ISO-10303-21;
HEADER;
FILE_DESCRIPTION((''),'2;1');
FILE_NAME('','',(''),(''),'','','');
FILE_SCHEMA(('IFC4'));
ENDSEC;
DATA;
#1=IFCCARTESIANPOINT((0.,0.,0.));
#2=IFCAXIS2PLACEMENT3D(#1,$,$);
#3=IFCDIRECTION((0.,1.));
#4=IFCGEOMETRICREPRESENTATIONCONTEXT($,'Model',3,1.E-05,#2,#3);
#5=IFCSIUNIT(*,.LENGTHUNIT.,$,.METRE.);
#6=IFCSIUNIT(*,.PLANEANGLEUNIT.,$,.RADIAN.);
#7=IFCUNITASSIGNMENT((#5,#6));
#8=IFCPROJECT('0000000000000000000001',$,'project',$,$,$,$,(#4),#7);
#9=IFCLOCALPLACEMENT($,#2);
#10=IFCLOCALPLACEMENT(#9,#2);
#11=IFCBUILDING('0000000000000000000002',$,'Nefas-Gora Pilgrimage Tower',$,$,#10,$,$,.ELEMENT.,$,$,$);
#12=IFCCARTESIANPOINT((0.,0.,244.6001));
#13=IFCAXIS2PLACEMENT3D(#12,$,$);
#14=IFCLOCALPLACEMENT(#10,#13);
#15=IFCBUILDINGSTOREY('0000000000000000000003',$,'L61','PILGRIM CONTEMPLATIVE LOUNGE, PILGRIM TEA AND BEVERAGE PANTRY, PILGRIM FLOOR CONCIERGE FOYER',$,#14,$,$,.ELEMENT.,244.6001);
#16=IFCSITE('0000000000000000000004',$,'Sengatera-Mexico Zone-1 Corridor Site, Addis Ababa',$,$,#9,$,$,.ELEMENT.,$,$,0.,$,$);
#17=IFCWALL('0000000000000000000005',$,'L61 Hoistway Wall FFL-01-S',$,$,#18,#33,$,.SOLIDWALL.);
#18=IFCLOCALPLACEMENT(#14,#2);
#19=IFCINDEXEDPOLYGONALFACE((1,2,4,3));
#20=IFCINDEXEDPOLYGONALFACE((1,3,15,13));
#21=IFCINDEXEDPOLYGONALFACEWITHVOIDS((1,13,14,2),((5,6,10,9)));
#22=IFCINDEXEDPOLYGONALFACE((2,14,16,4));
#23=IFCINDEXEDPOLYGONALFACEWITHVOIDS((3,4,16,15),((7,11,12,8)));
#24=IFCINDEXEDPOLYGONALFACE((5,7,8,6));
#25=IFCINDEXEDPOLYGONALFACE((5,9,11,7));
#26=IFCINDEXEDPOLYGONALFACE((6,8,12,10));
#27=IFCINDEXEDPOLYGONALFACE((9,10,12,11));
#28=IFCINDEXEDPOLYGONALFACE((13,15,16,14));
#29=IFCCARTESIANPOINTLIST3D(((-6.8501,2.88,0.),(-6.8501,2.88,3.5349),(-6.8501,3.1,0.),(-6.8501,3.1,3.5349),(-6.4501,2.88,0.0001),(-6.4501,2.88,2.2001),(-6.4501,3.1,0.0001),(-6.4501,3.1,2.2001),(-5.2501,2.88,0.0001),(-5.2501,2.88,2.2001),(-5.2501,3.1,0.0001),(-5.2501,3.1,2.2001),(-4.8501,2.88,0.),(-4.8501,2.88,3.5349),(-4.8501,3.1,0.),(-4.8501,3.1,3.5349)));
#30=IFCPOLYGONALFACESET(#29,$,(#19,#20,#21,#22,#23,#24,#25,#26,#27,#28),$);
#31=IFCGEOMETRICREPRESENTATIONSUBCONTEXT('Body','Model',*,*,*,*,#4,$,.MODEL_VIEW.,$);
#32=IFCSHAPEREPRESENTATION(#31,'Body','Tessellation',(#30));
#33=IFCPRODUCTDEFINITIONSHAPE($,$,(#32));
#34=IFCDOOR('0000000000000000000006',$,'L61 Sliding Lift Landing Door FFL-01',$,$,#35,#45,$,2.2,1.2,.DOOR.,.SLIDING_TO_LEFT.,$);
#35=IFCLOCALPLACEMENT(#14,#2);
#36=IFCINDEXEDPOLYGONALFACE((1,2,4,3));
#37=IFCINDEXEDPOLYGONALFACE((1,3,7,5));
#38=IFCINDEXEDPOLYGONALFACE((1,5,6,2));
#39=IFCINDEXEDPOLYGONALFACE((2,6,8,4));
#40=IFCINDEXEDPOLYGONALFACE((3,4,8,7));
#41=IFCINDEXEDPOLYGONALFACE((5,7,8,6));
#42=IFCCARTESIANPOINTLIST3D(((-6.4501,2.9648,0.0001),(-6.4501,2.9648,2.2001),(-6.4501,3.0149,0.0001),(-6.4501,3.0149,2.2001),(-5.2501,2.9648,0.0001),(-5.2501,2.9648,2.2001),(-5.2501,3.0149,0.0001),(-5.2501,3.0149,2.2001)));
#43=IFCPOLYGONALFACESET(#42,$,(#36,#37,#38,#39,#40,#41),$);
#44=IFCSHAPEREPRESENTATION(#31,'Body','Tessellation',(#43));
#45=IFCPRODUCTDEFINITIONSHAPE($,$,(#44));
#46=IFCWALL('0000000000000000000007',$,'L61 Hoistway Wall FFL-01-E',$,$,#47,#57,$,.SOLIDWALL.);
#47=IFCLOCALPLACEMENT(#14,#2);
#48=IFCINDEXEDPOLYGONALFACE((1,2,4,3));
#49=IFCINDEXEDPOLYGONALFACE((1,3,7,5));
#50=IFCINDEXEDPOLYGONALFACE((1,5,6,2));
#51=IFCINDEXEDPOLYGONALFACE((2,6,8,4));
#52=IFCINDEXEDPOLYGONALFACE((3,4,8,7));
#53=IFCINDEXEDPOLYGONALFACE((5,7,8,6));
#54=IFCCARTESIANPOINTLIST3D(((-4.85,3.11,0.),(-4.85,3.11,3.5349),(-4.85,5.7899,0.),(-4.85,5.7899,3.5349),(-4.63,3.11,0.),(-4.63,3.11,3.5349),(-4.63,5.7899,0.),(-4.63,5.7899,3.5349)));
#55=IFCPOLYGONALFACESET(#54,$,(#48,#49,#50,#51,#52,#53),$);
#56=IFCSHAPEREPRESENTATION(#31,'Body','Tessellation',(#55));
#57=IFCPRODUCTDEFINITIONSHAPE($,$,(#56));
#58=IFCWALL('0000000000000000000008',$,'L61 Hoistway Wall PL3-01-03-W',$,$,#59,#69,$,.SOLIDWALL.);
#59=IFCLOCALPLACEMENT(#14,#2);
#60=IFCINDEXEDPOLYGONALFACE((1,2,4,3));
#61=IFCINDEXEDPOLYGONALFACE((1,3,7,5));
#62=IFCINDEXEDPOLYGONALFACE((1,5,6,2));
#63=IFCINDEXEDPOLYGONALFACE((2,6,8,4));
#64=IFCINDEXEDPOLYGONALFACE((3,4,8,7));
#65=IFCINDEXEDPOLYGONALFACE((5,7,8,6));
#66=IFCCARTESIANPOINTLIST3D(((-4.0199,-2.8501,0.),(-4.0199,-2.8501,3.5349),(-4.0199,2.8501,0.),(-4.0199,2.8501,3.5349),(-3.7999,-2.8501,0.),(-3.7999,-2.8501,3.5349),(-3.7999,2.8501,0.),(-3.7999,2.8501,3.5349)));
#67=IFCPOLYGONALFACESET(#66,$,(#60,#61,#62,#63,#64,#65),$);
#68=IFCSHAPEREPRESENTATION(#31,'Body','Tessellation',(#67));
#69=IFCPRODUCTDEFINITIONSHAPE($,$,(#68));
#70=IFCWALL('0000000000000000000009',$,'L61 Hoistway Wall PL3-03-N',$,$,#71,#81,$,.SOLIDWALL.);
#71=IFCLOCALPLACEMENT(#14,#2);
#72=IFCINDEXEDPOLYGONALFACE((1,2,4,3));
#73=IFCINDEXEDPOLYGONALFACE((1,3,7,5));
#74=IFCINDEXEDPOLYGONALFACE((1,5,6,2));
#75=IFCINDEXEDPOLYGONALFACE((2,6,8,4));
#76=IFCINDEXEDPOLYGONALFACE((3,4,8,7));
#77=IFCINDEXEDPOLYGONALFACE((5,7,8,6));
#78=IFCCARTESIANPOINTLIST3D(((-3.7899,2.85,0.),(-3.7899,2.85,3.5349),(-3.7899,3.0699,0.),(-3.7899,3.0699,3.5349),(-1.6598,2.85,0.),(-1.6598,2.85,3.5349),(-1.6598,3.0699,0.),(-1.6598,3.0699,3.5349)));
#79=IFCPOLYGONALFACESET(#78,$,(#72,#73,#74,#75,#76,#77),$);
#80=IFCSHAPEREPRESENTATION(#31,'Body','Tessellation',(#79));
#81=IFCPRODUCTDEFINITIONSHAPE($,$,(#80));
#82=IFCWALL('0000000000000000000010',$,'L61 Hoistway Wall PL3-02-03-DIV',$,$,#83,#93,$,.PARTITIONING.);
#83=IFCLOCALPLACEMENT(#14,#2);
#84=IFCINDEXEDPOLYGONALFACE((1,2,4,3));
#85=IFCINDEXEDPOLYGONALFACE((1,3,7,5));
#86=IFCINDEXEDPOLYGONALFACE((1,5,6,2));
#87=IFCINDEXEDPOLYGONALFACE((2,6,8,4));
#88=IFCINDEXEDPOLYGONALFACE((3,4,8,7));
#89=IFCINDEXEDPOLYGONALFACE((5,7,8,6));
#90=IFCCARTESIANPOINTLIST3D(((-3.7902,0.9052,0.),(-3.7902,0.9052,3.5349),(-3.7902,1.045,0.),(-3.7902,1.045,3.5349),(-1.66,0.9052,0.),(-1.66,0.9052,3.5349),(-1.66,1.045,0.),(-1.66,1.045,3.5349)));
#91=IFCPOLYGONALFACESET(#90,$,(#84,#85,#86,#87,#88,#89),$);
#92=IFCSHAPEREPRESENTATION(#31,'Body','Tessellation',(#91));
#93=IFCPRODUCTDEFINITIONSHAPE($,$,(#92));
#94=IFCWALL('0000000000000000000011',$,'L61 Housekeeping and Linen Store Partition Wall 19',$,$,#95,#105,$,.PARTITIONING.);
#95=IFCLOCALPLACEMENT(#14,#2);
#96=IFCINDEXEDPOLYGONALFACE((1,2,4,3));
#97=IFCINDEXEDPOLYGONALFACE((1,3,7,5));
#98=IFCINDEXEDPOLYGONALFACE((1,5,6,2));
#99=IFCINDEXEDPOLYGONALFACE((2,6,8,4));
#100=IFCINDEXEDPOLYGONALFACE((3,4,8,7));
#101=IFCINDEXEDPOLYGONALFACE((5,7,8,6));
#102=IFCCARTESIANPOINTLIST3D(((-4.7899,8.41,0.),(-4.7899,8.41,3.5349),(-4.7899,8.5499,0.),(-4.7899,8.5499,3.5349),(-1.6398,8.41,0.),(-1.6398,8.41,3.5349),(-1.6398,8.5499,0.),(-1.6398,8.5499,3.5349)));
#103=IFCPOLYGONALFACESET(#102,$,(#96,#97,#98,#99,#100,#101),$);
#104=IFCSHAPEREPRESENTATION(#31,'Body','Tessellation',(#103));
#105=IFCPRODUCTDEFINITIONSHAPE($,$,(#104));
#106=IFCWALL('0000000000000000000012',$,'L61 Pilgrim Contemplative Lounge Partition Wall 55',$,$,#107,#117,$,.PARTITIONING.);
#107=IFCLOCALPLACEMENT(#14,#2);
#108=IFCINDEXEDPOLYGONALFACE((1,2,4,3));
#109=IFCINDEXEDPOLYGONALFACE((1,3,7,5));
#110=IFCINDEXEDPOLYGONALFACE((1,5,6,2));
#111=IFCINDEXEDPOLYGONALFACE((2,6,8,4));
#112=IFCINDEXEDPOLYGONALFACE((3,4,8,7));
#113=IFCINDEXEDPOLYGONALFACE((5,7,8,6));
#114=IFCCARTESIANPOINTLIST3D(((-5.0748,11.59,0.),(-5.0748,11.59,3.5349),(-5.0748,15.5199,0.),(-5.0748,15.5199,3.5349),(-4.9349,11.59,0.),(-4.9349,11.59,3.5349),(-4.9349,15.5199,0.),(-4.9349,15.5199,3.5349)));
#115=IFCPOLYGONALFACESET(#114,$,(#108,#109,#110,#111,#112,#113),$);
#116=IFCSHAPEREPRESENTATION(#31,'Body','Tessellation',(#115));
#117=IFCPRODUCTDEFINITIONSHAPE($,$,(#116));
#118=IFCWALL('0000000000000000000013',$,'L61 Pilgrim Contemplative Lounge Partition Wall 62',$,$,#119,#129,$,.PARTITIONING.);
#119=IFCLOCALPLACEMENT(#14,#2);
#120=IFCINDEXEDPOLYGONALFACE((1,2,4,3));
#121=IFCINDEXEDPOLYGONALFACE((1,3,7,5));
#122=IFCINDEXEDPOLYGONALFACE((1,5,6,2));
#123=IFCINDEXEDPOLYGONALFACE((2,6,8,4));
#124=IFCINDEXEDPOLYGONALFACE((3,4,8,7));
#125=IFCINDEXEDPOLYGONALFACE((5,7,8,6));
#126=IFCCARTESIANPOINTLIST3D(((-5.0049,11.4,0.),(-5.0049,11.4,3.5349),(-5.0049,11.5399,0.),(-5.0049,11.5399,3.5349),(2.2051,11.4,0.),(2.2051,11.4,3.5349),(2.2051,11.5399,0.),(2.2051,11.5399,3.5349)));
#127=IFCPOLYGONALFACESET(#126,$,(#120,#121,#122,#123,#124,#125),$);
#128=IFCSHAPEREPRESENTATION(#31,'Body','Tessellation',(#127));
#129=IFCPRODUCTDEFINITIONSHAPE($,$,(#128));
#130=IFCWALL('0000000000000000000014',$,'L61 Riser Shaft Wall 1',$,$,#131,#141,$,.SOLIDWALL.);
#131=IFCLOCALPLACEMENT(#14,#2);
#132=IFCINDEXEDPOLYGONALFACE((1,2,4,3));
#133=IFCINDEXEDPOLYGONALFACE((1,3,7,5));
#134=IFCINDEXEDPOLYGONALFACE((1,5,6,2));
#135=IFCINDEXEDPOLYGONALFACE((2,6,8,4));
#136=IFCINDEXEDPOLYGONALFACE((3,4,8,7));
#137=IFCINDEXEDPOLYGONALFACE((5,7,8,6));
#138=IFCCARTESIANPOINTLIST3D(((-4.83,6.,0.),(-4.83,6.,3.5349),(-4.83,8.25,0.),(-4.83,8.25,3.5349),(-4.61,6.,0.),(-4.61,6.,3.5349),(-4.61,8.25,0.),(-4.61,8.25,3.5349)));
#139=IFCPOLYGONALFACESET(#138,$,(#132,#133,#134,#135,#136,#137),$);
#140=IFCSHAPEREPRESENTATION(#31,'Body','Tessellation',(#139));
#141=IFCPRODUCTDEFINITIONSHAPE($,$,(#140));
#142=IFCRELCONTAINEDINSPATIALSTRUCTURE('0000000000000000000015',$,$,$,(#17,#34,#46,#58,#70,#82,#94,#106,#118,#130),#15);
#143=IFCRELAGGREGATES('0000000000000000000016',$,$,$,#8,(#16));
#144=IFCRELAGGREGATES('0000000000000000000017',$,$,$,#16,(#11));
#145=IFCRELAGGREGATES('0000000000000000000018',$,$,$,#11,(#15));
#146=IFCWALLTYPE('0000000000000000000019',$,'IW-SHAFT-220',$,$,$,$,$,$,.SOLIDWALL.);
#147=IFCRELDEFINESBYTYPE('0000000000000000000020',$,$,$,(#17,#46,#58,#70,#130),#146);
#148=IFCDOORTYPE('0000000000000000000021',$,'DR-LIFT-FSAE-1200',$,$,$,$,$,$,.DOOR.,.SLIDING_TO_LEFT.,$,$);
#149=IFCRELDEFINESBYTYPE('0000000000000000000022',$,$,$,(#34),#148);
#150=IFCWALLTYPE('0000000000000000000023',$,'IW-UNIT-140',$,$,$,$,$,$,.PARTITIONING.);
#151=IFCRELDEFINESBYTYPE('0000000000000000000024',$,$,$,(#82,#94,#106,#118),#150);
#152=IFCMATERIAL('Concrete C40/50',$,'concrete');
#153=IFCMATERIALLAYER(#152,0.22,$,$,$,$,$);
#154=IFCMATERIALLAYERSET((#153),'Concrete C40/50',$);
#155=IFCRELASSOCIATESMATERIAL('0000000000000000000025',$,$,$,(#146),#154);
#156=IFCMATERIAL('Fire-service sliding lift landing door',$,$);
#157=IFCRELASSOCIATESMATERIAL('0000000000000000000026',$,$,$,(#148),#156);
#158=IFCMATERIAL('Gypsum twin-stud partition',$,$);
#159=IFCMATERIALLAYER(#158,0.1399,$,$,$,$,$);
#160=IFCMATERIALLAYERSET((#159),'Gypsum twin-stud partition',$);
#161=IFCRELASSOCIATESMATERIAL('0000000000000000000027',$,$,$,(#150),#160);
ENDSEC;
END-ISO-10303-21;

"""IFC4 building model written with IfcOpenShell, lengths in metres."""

from ifc_helpers import new_model, si_unit, direction, frame, frame_2d, origin, place, context, subcontext, project, spatial, rectangle, extrude, source, transform, mapped, material, layer, layer_set, type_object, element, fill, save


model = new_model("IFC4")

# Units and contexts
model_context = context("Model", 3, precision=1e-05, world=origin(), true_north=direction((0.0, 1.0)))
body_context = subcontext(model_context, "Body", "Model", "MODEL_VIEW")
ifc_project = project(units=[si_unit("LENGTHUNIT", "METRE"), si_unit("PLANEANGLEUNIT", "RADIAN")], contexts=[model_context])

# Site, building, storey
site_placement = place(None, origin())
site = spatial("IfcSite", under=ifc_project, at=site_placement, Name="Sengatera-Mexico Zone-1 Corridor Site, Addis Ababa", CompositionType="ELEMENT", RefElevation=0.0)
building_placement = place(site_placement, origin())
building = spatial("IfcBuilding", under=site, at=building_placement, Name="Nefas-Gora Pilgrimage Tower", CompositionType="ELEMENT")
storey_placement = place(building_placement, frame((0.0, 0.0, 244.6001)))
storey = spatial("IfcBuildingStorey", under=building, at=storey_placement, Name="L61", Description="PILGRIM CONTEMPLATIVE LOUNGE, PILGRIM TEA AND BEVERAGE PANTRY, PILGRIM FLOOR CONCIERGE FOYER", CompositionType="ELEMENT", Elevation=244.6001)

# Wall, opening, door
ifc_material_1 = material(Name="Concrete C40/50", Category="concrete")
ifc_layer_1 = layer(ifc_material_1, 0.22)
ifc_layer_set_1 = layer_set([ifc_layer_1], Name="Concrete C40/50")
wall_type_1 = type_object("IfcWallType", Name="IW-SHAFT-220", PredefinedType="SOLIDWALL", material=ifc_layer_set_1)
shared_shape_1 = source(origin(), body_context, "Body", "SweptSolid", [
    extrude(rectangle(XDim=2.0, YDim=0.22, at=frame_2d((1.0, 0.0))), origin(), (0.0, 0.0, 1.0), 3.5349),
])
wall_1_placement = place(storey_placement, frame((-6.8501, 2.99, 0.0), z_axis=(0.0, 0.0, 1.0), x_axis=(1.0, 0.0, 0.0)))
wall_1 = element("IfcWall", 1, at=wall_1_placement, inside=storey, type_object=wall_type_1, Name="L61 Hoistway Wall FFL-01-S", PredefinedType="SOLIDWALL", context=body_context, shape_type="MappedRepresentation", body=[
    mapped(shared_shape_1, transform((0.0, 0.0, 0.0), x_axis=(1.0, 0.0, 0.0), y_axis=(0.0, 1.0, 0.0), z_axis=(0.0, 0.0, 1.0), scale=1.0)),
])
opening_1_placement = place(wall_1_placement, frame((0.3999, 0.0, 0.0)))
opening_1 = element("IfcOpeningElement", 2, at=opening_1_placement, cuts=wall_1, PredefinedType="OPENING", context=body_context, shape_type="SweptSolid", body=[
    extrude(rectangle(XDim=1.2, YDim=2.2, at=frame_2d((0.6001, 1.1001))), frame((0.0, 0.1199, 0.0), z_axis=(0.0, -1.0, 0.0), x_axis=(1.0, 0.0, 0.0)), (0.0, 0.0, 1.0), 0.24),
])
ifc_material_2 = material(Name="Fire-service sliding lift landing door")
door_type_1 = type_object("IfcDoorType", Name="DR-LIFT-FSAE-1200", OperationType="SLIDING_TO_LEFT", PredefinedType="DOOR", material=ifc_material_2)
shared_shape_2 = source(origin(), body_context, "Body", "SweptSolid", [
    extrude(rectangle(XDim=1.2, YDim=2.2, at=frame_2d((0.6001, 1.1001))), frame((0.0, 0.0249, 0.0), z_axis=(0.0, -1.0, 0.0), x_axis=(1.0, 0.0, 0.0)), (0.0, 0.0, 1.0), 0.05),
])
door_1_placement = place(opening_1_placement, origin())
door_1 = element("IfcDoor", 3, at=door_1_placement, inside=storey, type_object=door_type_1, Name="L61 Sliding Lift Landing Door FFL-01", OperationType="SLIDING_TO_LEFT", OverallHeight=2.2, OverallWidth=1.2, PredefinedType="DOOR", context=body_context, shape_type="MappedRepresentation", body=[
    mapped(shared_shape_2, transform((0.0, 0.0, 0.0), x_axis=(1.0, 0.0, 0.0), y_axis=(0.0, 1.0, 0.0), z_axis=(0.0, 0.0, 1.0), scale=1.0)),
])
fill(opening_1, door_1)

# Walls
shared_shape_3 = source(origin(), body_context, "Body", "SweptSolid", [
    extrude(rectangle(XDim=2.6799, YDim=0.22, at=frame_2d((1.3398, 0.0))), origin(), (0.0, 0.0, 1.0), 3.5349),
])
wall_2_placement = place(storey_placement, frame((-4.74, 3.1101, 0.0), z_axis=(0.0, 0.0, 1.0), x_axis=(0.0, 1.0, 0.0)))
element("IfcWall", 4, at=wall_2_placement, inside=storey, type_object=wall_type_1, Name="L61 Hoistway Wall FFL-01-E", PredefinedType="SOLIDWALL", context=body_context, shape_type="MappedRepresentation", body=[
    mapped(shared_shape_3, transform((0.0, 0.0, 0.0), x_axis=(1.0, 0.0, 0.0), y_axis=(0.0, 1.0, 0.0), z_axis=(0.0, 0.0, 1.0), scale=1.0)),
])
shared_shape_4 = source(origin(), body_context, "Body", "SweptSolid", [
    extrude(rectangle(XDim=5.7002, YDim=0.22, at=frame_2d((2.8501, 0.0))), origin(), (0.0, 0.0, 1.0), 3.5349),
])
wall_3_placement = place(storey_placement, frame((-3.9099, 2.8501, 0.0), z_axis=(0.0, 0.0, 1.0), x_axis=(0.0, -1.0, 0.0)))
element("IfcWall", 5, at=wall_3_placement, inside=storey, type_object=wall_type_1, Name="L61 Hoistway Wall PL3-01-03-W", PredefinedType="SOLIDWALL", context=body_context, shape_type="MappedRepresentation", body=[
    mapped(shared_shape_4, transform((0.0, 0.0, 0.0), x_axis=(1.0, 0.0, 0.0), y_axis=(0.0, 1.0, 0.0), z_axis=(0.0, 0.0, 1.0), scale=1.0)),
])
shared_shape_5 = source(origin(), body_context, "Body", "SweptSolid", [
    extrude(rectangle(XDim=2.1301, YDim=0.22, at=frame_2d((1.0649, 0.0))), origin(), (0.0, 0.0, 1.0), 3.5349),
])
wall_4_placement = place(storey_placement, frame((-1.6599, 2.96, 0.0), z_axis=(0.0, 0.0, 1.0), x_axis=(-1.0, 0.0, 0.0)))
element("IfcWall", 6, at=wall_4_placement, inside=storey, type_object=wall_type_1, Name="L61 Hoistway Wall PL3-03-N", PredefinedType="SOLIDWALL", context=body_context, shape_type="MappedRepresentation", body=[
    mapped(shared_shape_5, transform((0.0, 0.0, 0.0), x_axis=(1.0, 0.0, 0.0), y_axis=(0.0, 1.0, 0.0), z_axis=(0.0, 0.0, 1.0), scale=1.0)),
])
ifc_material_3 = material(Name="Gypsum twin-stud partition")
ifc_layer_2 = layer(ifc_material_3, 0.1399)
ifc_layer_set_2 = layer_set([ifc_layer_2], Name="Gypsum twin-stud partition")
wall_type_2 = type_object("IfcWallType", Name="IW-UNIT-140", PredefinedType="PARTITIONING", material=ifc_layer_set_2)
shared_shape_6 = source(origin(), body_context, "Body", "SweptSolid", [
    extrude(rectangle(XDim=2.1301, YDim=0.1399, at=frame_2d((1.0649, 0.0))), origin(), (0.0, 0.0, 1.0), 3.5349),
])
wall_5_placement = place(storey_placement, frame((-3.79, 0.9751, 0.0), z_axis=(0.0, 0.0, 1.0), x_axis=(1.0, 0.0, 0.0)))
element("IfcWall", 7, at=wall_5_placement, inside=storey, type_object=wall_type_2, Name="L61 Hoistway Wall PL3-02-03-DIV", PredefinedType="PARTITIONING", context=body_context, shape_type="MappedRepresentation", body=[
    mapped(shared_shape_6, transform((0.0, 0.0, 0.0), x_axis=(1.0, 0.0, 0.0), y_axis=(0.0, 1.0, 0.0), z_axis=(0.0, 0.0, 1.0), scale=1.0)),
])
shared_shape_7 = source(origin(), body_context, "Body", "SweptSolid", [
    extrude(rectangle(XDim=3.1501, YDim=0.1399, at=frame_2d((1.5752, 0.0))), origin(), (0.0, 0.0, 1.0), 3.5349),
])
wall_6_placement = place(storey_placement, frame((-4.79, 8.48, 0.0), z_axis=(0.0, 0.0, 1.0), x_axis=(1.0, 0.0, 0.0)))
element("IfcWall", 8, at=wall_6_placement, inside=storey, type_object=wall_type_2, Name="L61 Housekeeping and Linen Store Partition Wall 19", PredefinedType="PARTITIONING", context=body_context, shape_type="MappedRepresentation", body=[
    mapped(shared_shape_7, transform((0.0, 0.0, 0.0), x_axis=(1.0, 0.0, 0.0), y_axis=(0.0, 1.0, 0.0), z_axis=(0.0, 0.0, 1.0), scale=1.0)),
])
shared_shape_8 = source(origin(), body_context, "Body", "SweptSolid", [
    extrude(rectangle(XDim=3.9299, YDim=0.1399, at=frame_2d((1.9648, 0.0))), origin(), (0.0, 0.0, 1.0), 3.5349),
])
wall_7_placement = place(storey_placement, frame((-5.0049, 11.5901, 0.0), z_axis=(0.0, 0.0, 1.0), x_axis=(0.0, 1.0, 0.0)))
element("IfcWall", 9, at=wall_7_placement, inside=storey, type_object=wall_type_2, Name="L61 Pilgrim Contemplative Lounge Partition Wall 55", PredefinedType="PARTITIONING", context=body_context, shape_type="MappedRepresentation", body=[
    mapped(shared_shape_8, transform((0.0, 0.0, 0.0), x_axis=(1.0, 0.0, 0.0), y_axis=(0.0, 1.0, 0.0), z_axis=(0.0, 0.0, 1.0), scale=1.0)),
])
shared_shape_9 = source(origin(), body_context, "Body", "SweptSolid", [
    extrude(rectangle(XDim=7.21, YDim=0.1399, at=frame_2d((3.605, 0.0))), origin(), (0.0, 0.0, 1.0), 3.5349),
])
wall_8_placement = place(storey_placement, frame((-5.0049, 11.47, 0.0), z_axis=(0.0, 0.0, 1.0), x_axis=(1.0, 0.0, 0.0)))
element("IfcWall", 10, at=wall_8_placement, inside=storey, type_object=wall_type_2, Name="L61 Pilgrim Contemplative Lounge Partition Wall 62", PredefinedType="PARTITIONING", context=body_context, shape_type="MappedRepresentation", body=[
    mapped(shared_shape_9, transform((0.0, 0.0, 0.0), x_axis=(1.0, 0.0, 0.0), y_axis=(0.0, 1.0, 0.0), z_axis=(0.0, 0.0, 1.0), scale=1.0)),
])
shared_shape_10 = source(origin(), body_context, "Body", "SweptSolid", [
    extrude(rectangle(XDim=2.25, YDim=0.22, at=frame_2d((1.125, 0.0))), origin(), (0.0, 0.0, 1.0), 3.5349),
])
wall_9_placement = place(storey_placement, frame((-4.72, 6.0, 0.0), z_axis=(0.0, 0.0, 1.0), x_axis=(0.0, 1.0, 0.0)))
element("IfcWall", 11, at=wall_9_placement, inside=storey, type_object=wall_type_1, Name="L61 Riser Shaft Wall 1", PredefinedType="SOLIDWALL", context=body_context, shape_type="MappedRepresentation", body=[
    mapped(shared_shape_10, transform((0.0, 0.0, 0.0), x_axis=(1.0, 0.0, 0.0), y_axis=(0.0, 1.0, 0.0), z_axis=(0.0, 0.0, 1.0), scale=1.0)),
])

save(model, "model.ifc")
